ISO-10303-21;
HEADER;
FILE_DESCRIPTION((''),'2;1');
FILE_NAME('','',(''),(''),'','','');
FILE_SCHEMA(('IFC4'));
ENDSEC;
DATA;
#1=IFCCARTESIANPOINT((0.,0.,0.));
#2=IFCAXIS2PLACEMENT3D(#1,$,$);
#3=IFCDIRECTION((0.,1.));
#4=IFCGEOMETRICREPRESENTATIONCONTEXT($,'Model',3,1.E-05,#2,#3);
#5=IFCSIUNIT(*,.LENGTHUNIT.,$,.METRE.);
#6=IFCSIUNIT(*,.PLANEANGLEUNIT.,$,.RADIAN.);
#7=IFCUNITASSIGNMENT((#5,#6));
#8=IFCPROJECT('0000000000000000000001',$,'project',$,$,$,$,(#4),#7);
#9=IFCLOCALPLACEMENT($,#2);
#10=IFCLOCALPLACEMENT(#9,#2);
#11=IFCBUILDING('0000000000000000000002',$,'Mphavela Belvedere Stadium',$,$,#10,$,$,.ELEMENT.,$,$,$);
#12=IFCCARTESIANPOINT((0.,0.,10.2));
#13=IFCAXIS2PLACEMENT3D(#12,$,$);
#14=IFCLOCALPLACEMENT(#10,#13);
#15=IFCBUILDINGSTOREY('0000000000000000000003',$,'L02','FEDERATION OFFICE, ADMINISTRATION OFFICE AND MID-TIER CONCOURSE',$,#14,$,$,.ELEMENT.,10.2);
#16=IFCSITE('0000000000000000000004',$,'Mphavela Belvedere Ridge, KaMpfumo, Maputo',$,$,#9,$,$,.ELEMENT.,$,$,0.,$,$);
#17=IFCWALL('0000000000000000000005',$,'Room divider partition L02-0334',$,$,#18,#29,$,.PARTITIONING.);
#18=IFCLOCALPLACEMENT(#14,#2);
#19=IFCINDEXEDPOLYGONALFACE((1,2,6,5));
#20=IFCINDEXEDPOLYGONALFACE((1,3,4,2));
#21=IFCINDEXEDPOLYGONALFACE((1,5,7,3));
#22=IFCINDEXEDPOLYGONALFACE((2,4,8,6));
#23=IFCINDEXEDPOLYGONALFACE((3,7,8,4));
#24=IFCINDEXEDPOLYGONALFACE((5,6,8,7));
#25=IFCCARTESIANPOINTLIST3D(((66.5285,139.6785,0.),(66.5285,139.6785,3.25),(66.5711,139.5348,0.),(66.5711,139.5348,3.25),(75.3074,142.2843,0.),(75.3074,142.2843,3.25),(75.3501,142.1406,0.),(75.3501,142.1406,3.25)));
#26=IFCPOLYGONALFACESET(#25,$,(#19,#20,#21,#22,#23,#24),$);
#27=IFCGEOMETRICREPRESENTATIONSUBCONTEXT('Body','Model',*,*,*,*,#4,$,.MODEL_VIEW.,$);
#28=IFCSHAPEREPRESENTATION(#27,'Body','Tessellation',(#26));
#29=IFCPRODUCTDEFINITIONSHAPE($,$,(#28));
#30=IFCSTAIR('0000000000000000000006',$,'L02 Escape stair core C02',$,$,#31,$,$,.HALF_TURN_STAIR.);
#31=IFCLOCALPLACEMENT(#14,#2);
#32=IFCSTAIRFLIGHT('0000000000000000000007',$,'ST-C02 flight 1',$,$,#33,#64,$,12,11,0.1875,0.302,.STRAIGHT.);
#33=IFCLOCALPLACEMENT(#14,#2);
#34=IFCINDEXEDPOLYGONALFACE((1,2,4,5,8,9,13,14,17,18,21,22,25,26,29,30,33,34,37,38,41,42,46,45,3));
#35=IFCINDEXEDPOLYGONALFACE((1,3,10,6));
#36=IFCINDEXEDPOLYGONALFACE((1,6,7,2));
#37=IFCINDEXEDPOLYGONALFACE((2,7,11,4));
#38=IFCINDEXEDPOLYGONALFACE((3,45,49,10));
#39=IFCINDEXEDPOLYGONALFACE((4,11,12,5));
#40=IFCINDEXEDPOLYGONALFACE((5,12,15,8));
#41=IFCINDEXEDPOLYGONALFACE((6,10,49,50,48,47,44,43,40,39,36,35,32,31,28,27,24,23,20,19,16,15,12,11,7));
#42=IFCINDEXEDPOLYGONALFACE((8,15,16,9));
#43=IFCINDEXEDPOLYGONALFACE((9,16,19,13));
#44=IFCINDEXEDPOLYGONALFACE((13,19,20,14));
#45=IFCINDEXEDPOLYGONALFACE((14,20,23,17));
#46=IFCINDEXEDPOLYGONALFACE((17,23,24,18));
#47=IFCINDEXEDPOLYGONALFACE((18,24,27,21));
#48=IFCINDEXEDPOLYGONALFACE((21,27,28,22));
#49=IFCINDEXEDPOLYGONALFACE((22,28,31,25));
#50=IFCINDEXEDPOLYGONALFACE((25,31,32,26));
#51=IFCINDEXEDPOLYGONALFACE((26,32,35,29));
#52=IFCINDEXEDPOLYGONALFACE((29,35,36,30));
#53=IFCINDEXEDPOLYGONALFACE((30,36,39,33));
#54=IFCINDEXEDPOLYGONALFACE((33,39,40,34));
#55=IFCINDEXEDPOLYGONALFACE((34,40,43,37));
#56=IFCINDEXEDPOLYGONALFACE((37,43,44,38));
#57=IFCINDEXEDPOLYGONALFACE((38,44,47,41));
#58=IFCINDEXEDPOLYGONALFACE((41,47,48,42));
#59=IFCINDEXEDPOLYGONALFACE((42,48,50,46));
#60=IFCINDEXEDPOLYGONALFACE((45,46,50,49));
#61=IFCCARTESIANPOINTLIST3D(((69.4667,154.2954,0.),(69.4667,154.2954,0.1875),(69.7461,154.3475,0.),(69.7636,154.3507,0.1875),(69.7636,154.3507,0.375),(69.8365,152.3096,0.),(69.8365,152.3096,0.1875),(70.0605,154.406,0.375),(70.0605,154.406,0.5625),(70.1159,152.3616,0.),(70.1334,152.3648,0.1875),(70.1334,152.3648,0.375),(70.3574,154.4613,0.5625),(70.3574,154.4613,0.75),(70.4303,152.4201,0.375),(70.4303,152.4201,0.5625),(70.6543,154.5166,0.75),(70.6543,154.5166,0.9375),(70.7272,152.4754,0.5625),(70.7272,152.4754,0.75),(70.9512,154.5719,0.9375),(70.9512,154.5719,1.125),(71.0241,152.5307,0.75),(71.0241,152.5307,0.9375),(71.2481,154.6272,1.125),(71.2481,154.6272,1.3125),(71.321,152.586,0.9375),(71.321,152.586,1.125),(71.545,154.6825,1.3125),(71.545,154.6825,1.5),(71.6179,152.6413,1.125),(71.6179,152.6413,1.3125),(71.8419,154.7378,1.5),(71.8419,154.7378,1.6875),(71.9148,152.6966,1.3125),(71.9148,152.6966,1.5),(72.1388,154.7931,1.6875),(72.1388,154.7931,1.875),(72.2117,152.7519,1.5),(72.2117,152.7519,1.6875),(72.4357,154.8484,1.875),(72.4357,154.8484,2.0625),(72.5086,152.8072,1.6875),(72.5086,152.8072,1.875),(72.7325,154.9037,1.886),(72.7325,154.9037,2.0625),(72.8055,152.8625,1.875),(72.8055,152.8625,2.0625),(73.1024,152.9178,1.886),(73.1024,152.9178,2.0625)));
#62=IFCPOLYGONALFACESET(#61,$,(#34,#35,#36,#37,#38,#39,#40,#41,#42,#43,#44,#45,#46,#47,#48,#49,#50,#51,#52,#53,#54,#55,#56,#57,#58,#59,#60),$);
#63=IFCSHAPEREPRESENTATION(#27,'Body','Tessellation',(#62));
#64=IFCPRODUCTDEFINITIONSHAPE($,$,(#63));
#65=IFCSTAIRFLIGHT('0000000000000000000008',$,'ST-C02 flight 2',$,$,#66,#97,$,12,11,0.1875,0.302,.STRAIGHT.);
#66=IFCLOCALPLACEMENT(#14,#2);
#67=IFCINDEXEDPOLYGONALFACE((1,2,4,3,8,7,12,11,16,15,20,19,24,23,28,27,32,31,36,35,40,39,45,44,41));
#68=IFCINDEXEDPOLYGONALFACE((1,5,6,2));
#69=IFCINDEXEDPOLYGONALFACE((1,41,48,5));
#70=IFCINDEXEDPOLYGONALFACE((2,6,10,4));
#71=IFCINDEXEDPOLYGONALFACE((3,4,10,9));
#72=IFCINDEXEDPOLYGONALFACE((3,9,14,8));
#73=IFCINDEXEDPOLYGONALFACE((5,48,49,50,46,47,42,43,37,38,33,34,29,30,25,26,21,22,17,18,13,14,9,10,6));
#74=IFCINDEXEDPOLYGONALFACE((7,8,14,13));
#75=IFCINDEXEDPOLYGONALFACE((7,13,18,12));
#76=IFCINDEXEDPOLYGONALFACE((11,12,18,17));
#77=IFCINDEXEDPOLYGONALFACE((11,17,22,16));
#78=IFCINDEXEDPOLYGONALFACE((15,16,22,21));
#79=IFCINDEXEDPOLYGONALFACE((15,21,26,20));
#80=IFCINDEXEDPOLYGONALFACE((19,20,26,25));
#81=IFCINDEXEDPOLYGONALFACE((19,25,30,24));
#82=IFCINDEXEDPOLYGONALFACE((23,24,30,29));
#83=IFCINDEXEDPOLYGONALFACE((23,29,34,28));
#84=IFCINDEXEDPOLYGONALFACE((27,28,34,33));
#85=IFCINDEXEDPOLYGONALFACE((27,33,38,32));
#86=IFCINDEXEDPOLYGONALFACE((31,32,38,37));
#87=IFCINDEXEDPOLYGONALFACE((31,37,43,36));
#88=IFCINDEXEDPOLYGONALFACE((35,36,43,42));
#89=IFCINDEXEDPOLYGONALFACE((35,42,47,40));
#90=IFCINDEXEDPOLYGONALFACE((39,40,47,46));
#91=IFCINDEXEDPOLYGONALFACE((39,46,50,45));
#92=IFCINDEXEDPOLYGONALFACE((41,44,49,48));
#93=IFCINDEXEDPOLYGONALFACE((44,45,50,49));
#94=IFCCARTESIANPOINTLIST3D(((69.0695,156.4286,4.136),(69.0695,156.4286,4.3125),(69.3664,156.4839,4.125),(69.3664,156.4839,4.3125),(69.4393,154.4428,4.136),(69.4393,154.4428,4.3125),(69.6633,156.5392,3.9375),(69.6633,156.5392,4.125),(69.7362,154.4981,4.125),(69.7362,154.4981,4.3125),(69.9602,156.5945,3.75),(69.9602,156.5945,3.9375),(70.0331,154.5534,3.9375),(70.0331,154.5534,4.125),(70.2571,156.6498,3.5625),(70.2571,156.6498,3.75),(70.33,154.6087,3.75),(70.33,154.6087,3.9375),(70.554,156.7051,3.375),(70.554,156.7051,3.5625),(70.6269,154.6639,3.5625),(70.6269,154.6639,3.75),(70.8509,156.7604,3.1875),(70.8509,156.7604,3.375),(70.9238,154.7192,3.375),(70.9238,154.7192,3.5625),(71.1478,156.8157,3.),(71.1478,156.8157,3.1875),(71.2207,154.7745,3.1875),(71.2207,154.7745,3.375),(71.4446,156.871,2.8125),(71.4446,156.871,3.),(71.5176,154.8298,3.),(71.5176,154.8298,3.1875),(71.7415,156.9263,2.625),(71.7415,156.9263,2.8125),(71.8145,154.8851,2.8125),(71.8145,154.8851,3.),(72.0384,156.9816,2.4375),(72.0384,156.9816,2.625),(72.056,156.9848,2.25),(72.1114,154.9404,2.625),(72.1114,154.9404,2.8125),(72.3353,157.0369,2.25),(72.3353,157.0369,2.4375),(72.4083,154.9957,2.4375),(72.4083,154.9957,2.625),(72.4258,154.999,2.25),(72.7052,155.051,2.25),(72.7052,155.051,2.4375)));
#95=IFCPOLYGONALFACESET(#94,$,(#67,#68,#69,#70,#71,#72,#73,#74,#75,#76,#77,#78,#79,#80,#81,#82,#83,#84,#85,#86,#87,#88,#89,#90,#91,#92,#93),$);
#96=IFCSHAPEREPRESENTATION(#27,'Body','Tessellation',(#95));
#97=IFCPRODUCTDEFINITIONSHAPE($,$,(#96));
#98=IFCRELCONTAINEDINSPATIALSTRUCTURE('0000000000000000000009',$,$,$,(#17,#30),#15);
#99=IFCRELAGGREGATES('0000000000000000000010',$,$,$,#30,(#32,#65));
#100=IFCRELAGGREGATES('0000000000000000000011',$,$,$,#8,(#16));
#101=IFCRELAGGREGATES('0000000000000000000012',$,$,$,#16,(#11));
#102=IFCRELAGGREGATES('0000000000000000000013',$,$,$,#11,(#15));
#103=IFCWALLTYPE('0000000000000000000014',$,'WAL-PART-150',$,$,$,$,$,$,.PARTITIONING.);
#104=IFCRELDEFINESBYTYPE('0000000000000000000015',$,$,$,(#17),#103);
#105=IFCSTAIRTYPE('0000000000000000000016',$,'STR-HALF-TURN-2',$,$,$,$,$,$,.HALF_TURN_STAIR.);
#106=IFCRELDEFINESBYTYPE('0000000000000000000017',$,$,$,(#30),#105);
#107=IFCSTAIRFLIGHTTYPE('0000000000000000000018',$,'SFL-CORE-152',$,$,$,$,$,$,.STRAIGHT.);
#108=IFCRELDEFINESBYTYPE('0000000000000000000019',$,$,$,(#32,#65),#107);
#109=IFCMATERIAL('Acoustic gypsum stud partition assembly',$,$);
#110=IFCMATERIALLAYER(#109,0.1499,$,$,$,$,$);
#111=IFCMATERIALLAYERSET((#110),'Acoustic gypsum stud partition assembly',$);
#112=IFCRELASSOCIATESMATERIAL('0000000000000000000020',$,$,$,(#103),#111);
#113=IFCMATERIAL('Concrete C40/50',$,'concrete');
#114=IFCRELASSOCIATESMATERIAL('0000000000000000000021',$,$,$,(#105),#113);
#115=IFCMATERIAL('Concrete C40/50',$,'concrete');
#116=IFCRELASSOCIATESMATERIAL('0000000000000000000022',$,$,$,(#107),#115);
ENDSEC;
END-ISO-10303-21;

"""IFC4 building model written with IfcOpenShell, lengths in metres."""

from ifc_helpers import new_model, si_unit, direction, frame, frame_2d, origin, place, context, subcontext, project, spatial, polyline, rectangle, outline, extrude, material, layer, layer_set, type_object, element, aggregate, save


model = new_model("IFC4")

# Units and contexts
model_context = context("Model", 3, precision=1e-05, world=origin(), true_north=direction((0.0, 1.0)))
body_context = subcontext(model_context, "Body", "Model", "MODEL_VIEW")
ifc_project = project(units=[si_unit("LENGTHUNIT", "METRE"), si_unit("PLANEANGLEUNIT", "RADIAN")], contexts=[model_context])

# Site, building, storey
site_placement = place(None, origin())
site = spatial("IfcSite", under=ifc_project, at=site_placement, Name="Mphavela Belvedere Ridge, KaMpfumo, Maputo", CompositionType="ELEMENT", RefElevation=0.0)
building_placement = place(site_placement, origin())
building = spatial("IfcBuilding", under=site, at=building_placement, Name="Mphavela Belvedere Stadium", CompositionType="ELEMENT")
storey_placement = place(building_placement, frame((0.0, 0.0, 10.2)))
storey = spatial("IfcBuildingStorey", under=building, at=storey_placement, Name="L02", Description="FEDERATION OFFICE, ADMINISTRATION OFFICE AND MID-TIER CONCOURSE", CompositionType="ELEMENT", Elevation=10.2)

# Wall
ifc_material_1 = material(Name="Acoustic gypsum stud partition assembly")
ifc_layer_1 = layer(ifc_material_1, 0.1499)
ifc_layer_set_1 = layer_set([ifc_layer_1], Name="Acoustic gypsum stud partition assembly")
wall_type_1 = type_object("IfcWallType", Name="WAL-PART-150", PredefinedType="PARTITIONING", material=ifc_layer_set_1)
wall_1_placement = place(storey_placement, frame((75.3286, 142.2124, 0.0), z_axis=(0.0, 0.0, 1.0), x_axis=(-0.958662, -0.284549, 0.0)))
element("IfcWall", 1, at=wall_1_placement, inside=storey, type_object=wall_type_1, Name="Room divider partition L02-0334", PredefinedType="PARTITIONING", context=body_context, shape_type="SweptSolid", body=[
    extrude(rectangle(XDim=9.1575, YDim=0.1499, at=frame_2d((4.5786, 0.0))), origin(), (0.0, 0.0, 1.0), 3.25),
])

# Stair, stair flights
ifc_material_2 = material(Name="Concrete C40/50", Category="concrete")
stair_type = type_object("IfcStairType", Name="STR-HALF-TURN-2", PredefinedType="HALF_TURN_STAIR", material=ifc_material_2)
stair_placement = place(storey_placement, origin())
stair = element("IfcStair", 2, at=stair_placement, inside=storey, type_object=stair_type, Name="L02 Escape stair core C02", PredefinedType="HALF_TURN_STAIR")
ifc_material_3 = material(Name="Concrete C40/50", Category="concrete")
stair_flight_type = type_object("IfcStairFlightType", Name="SFL-CORE-152", PredefinedType="STRAIGHT", material=ifc_material_3)
stair_flight_1_placement = place(storey_placement, frame((69.6516, 153.3025, 0.0), z_axis=(0.0, 0.0, 1.0), x_axis=(0.983096, 0.183094, 0.0)))
stair_flight_1 = element("IfcStairFlight", 3, at=stair_flight_1_placement, type_object=stair_flight_type, Name="ST-C02 flight 1", NumberOfRisers=12, NumberOfTreads=11, PredefinedType="STRAIGHT", RiserHeight=0.1875, TreadLength=0.302, context=body_context, shape_type="SweptSolid", body=[
    extrude(outline(polyline([(0.0, 0.0), (0.0, 0.1875), (0.302, 0.1875), (0.302, 0.375), (0.604, 0.375), (0.604, 0.5625), (0.906, 0.5625), (0.906, 0.75), (1.208, 0.75), (1.208, 0.9375), (1.51, 0.9375), (1.51, 1.125), (1.812, 1.125), (1.812, 1.3125), (2.114, 1.3125), (2.114, 1.5), (2.416, 1.5), (2.416, 1.6875), (2.718, 1.6875), (2.718, 1.875), (3.02, 1.875), (3.02, 2.0625), (3.322, 2.0625), (3.322, 2.25), (3.322, 1.886), (0.2842, 0.0), (0.0, 0.0)])), frame((0.0, 1.01, 0.0), z_axis=(0.0, -1.0, 0.0), x_axis=(1.0, 0.0, 0.0)), (0.0, 0.0, 1.0), 2.02),
])
stair_flight_2_placement = place(storey_placement, frame((72.5203, 156.0439, 2.25), z_axis=(0.0, 0.0, 1.0), x_axis=(-0.983096, -0.183094, 0.0)))
stair_flight_2 = element("IfcStairFlight", 4, at=stair_flight_2_placement, type_object=stair_flight_type, Name="ST-C02 flight 2", NumberOfRisers=12, NumberOfTreads=11, PredefinedType="STRAIGHT", RiserHeight=0.1875, TreadLength=0.302, context=body_context, shape_type="SweptSolid", body=[
    extrude(outline(polyline([(0.0, 0.0), (0.0, 0.1875), (0.302, 0.1875), (0.302, 0.375), (0.604, 0.375), (0.604, 0.5625), (0.906, 0.5625), (0.906, 0.75), (1.208, 0.75), (1.208, 0.9375), (1.51, 0.9375), (1.51, 1.125), (1.812, 1.125), (1.812, 1.3125), (2.114, 1.3125), (2.114, 1.5), (2.416, 1.5), (2.416, 1.6875), (2.718, 1.6875), (2.718, 1.875), (3.02, 1.875), (3.02, 2.0625), (3.322, 2.0625), (3.322, 2.25), (3.322, 1.886), (0.2842, 0.0), (0.0, 0.0)])), frame((0.0, 1.01, 0.0), z_axis=(0.0, -1.0, 0.0), x_axis=(1.0, 0.0, 0.0)), (0.0, 0.0, 1.0), 2.02),
])
aggregate(stair, [stair_flight_1, stair_flight_2])

save(model, "model.ifc")
